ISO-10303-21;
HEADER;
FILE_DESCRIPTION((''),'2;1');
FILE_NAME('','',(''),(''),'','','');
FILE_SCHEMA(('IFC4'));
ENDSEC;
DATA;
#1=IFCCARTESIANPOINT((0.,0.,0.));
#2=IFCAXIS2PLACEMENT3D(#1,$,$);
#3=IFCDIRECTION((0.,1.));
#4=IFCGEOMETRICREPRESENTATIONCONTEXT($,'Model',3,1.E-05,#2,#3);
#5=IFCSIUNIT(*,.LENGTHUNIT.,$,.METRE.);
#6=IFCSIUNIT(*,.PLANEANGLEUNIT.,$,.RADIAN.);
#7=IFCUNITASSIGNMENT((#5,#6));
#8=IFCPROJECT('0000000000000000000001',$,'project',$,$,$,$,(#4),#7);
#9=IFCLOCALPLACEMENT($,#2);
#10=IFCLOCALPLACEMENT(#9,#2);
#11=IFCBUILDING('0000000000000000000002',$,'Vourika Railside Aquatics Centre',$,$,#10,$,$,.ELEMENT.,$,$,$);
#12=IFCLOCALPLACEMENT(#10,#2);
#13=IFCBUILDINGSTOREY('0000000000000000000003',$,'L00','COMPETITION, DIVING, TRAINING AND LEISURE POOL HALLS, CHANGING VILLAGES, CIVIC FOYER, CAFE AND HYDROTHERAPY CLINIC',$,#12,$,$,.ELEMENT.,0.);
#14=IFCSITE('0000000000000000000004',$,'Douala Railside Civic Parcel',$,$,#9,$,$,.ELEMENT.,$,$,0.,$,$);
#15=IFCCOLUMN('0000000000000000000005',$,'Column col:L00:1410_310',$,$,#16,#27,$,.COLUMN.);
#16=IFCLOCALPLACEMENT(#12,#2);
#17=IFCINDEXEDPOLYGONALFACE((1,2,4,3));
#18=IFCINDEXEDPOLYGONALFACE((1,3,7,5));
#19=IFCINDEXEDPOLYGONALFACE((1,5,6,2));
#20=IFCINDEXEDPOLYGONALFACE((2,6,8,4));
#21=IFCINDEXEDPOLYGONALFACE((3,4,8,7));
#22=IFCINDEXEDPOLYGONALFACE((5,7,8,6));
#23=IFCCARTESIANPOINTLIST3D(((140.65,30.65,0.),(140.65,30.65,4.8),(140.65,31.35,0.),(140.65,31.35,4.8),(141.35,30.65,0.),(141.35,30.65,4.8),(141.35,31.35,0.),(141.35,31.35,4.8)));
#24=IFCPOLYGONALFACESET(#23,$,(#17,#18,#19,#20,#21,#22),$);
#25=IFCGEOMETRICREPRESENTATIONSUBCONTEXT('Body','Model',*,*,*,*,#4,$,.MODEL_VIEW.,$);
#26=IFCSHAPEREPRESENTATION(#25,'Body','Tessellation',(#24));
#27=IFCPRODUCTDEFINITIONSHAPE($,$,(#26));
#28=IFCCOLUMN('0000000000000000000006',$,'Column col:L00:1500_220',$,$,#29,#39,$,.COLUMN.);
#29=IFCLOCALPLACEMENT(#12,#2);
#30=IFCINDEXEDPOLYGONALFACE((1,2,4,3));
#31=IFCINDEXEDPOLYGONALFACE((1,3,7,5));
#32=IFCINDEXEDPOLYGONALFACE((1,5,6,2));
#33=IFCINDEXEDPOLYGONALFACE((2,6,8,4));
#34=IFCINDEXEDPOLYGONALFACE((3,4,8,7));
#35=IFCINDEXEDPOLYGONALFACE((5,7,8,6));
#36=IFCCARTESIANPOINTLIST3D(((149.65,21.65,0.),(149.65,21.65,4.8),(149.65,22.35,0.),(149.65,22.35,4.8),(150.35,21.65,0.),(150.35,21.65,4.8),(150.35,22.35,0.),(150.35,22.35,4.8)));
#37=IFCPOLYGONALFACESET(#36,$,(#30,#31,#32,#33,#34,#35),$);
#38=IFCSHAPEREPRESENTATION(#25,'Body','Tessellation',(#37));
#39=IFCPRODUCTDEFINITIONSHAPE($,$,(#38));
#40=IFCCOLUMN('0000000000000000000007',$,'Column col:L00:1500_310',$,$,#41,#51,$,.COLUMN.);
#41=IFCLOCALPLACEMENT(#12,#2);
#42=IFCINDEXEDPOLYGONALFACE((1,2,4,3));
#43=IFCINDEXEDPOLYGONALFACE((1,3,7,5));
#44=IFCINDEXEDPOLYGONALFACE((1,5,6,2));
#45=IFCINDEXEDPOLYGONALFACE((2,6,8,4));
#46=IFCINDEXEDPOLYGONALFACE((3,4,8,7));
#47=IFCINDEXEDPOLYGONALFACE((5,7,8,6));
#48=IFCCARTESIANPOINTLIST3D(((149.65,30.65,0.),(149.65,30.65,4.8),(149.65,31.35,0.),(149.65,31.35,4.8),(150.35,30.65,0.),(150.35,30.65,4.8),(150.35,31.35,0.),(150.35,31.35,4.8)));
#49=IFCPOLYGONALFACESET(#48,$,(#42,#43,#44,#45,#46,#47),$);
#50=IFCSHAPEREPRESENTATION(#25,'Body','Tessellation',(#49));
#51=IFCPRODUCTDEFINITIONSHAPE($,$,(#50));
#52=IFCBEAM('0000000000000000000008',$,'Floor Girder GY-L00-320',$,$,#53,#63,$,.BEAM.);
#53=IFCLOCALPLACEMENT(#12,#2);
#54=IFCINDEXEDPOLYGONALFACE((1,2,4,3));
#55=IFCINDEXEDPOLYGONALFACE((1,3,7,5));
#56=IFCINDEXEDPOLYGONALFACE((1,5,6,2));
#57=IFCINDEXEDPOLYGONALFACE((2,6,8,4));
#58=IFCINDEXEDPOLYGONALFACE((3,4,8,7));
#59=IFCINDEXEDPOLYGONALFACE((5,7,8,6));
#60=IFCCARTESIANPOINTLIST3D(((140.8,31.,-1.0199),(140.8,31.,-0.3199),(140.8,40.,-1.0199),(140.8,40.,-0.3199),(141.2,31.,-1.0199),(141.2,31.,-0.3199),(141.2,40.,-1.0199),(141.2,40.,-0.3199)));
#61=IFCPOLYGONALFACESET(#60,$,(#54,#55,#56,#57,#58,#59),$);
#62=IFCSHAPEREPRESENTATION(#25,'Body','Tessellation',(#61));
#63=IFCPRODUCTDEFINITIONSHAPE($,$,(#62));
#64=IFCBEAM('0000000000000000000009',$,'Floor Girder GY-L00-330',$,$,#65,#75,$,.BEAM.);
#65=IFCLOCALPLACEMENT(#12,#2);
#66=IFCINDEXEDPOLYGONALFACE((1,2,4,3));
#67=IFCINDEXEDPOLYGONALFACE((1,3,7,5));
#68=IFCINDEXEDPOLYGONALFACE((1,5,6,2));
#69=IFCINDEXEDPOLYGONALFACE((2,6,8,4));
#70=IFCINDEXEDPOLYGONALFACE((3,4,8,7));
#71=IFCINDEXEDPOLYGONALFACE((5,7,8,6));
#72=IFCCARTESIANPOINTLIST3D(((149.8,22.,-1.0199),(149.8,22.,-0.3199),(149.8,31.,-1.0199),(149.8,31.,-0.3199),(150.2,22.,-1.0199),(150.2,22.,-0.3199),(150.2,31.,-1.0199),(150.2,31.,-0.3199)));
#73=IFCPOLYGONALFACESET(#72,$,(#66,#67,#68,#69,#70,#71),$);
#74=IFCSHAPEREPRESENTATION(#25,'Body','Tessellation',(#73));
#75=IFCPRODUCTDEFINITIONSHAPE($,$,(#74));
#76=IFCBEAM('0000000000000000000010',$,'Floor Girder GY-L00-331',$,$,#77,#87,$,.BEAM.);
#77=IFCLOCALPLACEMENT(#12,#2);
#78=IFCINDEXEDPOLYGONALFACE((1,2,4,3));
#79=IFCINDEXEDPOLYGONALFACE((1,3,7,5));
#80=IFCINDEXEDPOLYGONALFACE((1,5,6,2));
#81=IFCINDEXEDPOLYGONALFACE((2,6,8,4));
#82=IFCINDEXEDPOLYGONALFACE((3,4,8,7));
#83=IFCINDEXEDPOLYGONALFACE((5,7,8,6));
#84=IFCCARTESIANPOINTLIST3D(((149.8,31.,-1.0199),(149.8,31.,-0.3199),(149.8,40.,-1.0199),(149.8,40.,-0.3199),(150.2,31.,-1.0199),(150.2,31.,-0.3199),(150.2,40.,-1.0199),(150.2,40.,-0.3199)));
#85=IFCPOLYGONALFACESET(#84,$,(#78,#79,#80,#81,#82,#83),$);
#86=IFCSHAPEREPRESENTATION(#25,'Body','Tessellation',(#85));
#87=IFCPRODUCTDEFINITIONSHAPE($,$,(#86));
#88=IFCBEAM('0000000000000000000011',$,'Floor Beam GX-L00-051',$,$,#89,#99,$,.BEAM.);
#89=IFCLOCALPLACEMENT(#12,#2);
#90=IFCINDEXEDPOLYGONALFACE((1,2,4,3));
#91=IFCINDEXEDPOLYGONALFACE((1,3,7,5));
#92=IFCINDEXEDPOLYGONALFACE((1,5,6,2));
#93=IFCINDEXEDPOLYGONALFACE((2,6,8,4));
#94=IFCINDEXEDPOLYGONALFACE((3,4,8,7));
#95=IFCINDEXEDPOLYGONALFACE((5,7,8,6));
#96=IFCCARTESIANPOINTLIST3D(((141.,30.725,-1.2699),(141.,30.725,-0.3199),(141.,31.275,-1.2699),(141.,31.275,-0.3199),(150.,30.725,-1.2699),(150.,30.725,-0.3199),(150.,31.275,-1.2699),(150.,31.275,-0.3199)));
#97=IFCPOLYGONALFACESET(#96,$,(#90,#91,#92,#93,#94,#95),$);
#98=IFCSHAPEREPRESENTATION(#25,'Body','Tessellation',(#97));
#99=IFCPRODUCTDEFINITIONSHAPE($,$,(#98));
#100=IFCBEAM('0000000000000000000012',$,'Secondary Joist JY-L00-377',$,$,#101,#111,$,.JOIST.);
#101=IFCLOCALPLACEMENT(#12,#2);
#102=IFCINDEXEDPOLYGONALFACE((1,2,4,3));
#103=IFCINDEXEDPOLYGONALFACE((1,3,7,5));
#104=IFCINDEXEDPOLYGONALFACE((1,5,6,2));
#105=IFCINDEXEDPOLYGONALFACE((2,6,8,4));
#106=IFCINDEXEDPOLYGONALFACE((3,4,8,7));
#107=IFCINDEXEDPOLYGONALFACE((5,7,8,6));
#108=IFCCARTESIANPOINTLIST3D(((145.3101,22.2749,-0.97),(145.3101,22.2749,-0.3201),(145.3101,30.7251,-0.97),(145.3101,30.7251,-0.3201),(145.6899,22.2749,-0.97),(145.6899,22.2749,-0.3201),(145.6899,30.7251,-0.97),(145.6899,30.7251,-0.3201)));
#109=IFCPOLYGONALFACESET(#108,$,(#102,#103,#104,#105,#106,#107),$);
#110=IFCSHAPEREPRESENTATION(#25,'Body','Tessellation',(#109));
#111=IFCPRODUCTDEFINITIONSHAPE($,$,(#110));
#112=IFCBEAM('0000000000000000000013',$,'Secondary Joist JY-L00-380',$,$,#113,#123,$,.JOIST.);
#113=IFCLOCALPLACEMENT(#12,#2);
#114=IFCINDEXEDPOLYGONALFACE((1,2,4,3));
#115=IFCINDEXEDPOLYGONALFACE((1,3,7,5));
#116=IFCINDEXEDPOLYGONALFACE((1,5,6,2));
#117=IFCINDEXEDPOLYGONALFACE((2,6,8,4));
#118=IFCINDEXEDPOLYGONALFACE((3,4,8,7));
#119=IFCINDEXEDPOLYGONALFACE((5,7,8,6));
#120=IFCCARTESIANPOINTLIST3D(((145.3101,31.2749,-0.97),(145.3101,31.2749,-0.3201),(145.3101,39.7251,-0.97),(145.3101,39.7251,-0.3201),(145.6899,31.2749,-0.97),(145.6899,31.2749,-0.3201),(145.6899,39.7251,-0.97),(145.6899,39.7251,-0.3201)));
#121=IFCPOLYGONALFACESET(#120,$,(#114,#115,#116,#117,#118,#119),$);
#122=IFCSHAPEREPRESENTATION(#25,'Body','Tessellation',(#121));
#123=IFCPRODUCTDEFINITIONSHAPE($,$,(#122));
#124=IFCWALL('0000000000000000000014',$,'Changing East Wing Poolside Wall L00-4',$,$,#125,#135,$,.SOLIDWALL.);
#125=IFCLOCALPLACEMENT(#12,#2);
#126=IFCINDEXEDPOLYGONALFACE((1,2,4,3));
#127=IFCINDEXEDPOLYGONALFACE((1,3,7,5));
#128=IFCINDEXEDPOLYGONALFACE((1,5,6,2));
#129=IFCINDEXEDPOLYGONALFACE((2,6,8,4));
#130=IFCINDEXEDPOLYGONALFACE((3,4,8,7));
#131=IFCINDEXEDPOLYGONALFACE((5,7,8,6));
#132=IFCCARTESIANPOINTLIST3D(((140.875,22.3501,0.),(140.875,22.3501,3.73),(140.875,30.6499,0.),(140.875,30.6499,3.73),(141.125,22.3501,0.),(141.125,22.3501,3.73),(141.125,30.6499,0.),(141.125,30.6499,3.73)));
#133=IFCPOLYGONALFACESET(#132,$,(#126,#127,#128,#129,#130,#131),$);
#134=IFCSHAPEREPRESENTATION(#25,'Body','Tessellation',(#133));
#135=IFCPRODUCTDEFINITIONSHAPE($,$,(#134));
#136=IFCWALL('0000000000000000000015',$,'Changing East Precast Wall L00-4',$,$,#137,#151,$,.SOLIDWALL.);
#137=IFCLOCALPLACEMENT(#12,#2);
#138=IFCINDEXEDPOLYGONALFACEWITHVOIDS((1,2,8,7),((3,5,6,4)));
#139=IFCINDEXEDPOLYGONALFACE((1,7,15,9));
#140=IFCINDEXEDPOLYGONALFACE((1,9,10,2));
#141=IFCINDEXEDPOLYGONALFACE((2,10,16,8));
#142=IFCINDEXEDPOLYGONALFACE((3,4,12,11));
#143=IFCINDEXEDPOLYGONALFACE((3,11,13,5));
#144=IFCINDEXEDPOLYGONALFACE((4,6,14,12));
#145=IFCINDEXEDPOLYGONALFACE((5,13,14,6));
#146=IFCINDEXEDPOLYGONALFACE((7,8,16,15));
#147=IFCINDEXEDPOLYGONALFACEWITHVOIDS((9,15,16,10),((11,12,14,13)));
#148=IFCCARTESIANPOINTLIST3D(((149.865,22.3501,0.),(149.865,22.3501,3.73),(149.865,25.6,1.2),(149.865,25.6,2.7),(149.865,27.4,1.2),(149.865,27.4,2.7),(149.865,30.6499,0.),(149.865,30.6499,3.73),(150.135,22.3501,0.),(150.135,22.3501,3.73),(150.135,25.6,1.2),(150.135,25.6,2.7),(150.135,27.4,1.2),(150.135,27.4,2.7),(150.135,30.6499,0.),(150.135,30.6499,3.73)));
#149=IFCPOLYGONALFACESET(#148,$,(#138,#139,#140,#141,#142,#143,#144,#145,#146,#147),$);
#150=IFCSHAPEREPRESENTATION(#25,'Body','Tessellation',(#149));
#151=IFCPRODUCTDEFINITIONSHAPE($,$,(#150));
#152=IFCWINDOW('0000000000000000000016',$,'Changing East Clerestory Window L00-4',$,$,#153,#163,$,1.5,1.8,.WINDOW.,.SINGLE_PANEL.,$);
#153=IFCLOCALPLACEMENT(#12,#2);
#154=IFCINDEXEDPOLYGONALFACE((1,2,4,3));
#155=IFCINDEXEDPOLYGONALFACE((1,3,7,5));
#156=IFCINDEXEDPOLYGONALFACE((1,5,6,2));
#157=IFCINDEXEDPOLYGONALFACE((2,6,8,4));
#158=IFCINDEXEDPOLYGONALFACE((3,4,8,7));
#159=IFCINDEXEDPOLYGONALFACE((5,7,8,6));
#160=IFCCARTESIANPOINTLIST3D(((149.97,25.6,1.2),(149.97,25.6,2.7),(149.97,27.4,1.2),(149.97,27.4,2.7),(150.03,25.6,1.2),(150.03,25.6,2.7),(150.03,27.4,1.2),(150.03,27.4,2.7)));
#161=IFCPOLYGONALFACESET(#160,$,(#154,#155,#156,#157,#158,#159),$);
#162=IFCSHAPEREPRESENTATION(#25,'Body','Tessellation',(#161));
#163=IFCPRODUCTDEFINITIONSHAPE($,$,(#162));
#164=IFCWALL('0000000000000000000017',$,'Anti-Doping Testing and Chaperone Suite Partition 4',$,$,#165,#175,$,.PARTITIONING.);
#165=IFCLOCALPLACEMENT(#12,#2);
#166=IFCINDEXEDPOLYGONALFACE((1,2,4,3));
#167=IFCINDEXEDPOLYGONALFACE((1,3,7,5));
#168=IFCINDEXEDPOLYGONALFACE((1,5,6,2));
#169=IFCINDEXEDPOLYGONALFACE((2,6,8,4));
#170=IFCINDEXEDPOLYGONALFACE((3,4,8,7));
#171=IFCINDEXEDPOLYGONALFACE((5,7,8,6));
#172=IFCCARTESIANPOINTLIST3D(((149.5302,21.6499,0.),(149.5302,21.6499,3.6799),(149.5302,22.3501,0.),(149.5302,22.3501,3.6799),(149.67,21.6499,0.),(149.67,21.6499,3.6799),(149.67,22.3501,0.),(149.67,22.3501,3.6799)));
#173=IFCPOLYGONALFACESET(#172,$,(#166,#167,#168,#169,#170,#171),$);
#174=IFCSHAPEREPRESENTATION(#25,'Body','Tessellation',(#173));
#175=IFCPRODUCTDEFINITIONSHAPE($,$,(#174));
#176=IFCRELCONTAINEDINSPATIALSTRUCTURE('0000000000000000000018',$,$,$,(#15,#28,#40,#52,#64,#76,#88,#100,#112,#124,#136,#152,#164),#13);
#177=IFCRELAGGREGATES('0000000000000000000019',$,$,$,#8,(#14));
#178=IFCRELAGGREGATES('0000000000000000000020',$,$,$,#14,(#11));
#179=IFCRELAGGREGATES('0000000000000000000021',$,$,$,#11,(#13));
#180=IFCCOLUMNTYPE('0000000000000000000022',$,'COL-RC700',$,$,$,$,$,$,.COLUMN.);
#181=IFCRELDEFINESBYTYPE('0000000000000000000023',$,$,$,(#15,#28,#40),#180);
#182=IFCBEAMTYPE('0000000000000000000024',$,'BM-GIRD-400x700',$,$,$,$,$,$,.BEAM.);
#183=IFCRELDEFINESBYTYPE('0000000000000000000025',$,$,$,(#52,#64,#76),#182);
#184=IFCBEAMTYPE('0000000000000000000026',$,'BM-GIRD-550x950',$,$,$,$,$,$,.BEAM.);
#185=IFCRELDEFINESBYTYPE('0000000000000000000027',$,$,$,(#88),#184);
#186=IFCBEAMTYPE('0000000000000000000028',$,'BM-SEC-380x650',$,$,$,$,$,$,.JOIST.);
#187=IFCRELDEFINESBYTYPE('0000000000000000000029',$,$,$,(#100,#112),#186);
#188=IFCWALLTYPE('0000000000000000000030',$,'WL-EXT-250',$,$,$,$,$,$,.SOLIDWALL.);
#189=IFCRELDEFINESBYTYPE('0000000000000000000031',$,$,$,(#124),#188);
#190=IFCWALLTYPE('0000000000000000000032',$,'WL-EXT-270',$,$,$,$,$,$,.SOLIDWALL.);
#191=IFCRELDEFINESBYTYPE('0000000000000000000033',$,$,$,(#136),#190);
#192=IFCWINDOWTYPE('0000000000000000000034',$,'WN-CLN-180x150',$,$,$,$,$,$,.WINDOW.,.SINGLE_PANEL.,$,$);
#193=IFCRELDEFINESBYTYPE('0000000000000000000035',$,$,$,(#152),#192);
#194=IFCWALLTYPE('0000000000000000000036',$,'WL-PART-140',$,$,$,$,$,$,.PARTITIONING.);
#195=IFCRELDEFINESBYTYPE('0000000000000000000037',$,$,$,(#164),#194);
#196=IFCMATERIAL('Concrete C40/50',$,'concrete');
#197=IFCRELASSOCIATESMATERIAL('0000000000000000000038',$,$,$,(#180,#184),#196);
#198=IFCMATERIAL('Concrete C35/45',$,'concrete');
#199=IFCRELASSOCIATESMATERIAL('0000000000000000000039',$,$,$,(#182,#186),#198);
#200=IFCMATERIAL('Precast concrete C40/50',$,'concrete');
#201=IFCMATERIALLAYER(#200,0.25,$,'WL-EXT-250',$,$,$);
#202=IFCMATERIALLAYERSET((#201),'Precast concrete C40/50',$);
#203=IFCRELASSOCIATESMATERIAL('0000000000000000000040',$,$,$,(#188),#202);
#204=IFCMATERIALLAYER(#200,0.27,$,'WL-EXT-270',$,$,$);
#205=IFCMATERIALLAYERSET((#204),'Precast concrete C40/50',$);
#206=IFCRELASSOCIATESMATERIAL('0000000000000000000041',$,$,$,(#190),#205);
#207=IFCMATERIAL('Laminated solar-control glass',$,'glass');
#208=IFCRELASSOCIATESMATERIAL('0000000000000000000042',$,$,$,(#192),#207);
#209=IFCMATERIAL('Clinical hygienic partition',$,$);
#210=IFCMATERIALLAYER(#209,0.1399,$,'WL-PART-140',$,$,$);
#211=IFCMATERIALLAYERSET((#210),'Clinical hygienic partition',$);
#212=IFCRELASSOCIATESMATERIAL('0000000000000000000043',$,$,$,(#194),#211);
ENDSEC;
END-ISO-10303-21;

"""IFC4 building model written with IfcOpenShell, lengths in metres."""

from ifc_helpers import new_model, si_unit, direction, frame, frame_2d, origin, origin_2d, place, context, subcontext, project, spatial, rectangle, extrude, material, layer, layer_set, material_profile, profile_set, type_object, element, fill, save


model = new_model("IFC4")

# Units and contexts
model_context = context("Model", 3, precision=1e-05, world=origin(), true_north=direction((0.0, 1.0)))
body_context = subcontext(model_context, "Body", "Model", "MODEL_VIEW")
ifc_project = project(units=[si_unit("LENGTHUNIT", "METRE"), si_unit("PLANEANGLEUNIT", "RADIAN")], contexts=[model_context])

# Site, building, storey
site_placement = place(None, origin())
site = spatial("IfcSite", under=ifc_project, at=site_placement, Name="Douala Railside Civic Parcel", CompositionType="ELEMENT", RefElevation=0.0)
building_placement = place(site_placement, origin())
building = spatial("IfcBuilding", under=site, at=building_placement, Name="Vourika Railside Aquatics Centre", CompositionType="ELEMENT")
storey_placement = place(building_placement, origin())
storey = spatial("IfcBuildingStorey", under=building, at=storey_placement, Name="L00", Description="COMPETITION, DIVING, TRAINING AND LEISURE POOL HALLS, CHANGING VILLAGES, CIVIC FOYER, CAFE AND HYDROTHERAPY CLINIC", CompositionType="ELEMENT", Elevation=0.0)

# Columns
ifc_material_1 = material(Name="Concrete C40/50", Category="concrete")
ifc_material_profile_1 = material_profile(ifc_material_1, rectangle(XDim=0.7, YDim=0.7, at=origin_2d()), Name="RC 700x700")
ifc_profile_set_1 = profile_set([ifc_material_profile_1], Name="Concrete C40/50")
column_type = type_object("IfcColumnType", Name="COL-RC700", PredefinedType="COLUMN", material=ifc_profile_set_1)
for number, where, z_axis, x_axis, name in (
    (1, (141.0, 31.0, 0.0), (0.0, 0.0, 1.0), (1.0, 0.0, 0.0), "Column col:L00:1410_310"),
    (2, (150.0, 22.0, 0.0), (0.0, 0.0, 1.0), (1.0, 0.0, 0.0), "Column col:L00:1500_220"),
    (3, (150.0, 31.0, 0.0), (0.0, 0.0, 1.0), (1.0, 0.0, 0.0), "Column col:L00:1500_310"),
):
    element("IfcColumn", number, at=place(storey_placement, frame(where, z_axis=z_axis, x_axis=x_axis)), inside=storey, type_object=column_type, Name=name, PredefinedType="COLUMN", context=body_context, shape_type="SweptSolid", body=[
        extrude(rectangle(XDim=0.7, YDim=0.7, at=origin_2d()), origin(), (0.0, 0.0, 1.0), 4.8),
    ])

# Beams
ifc_material_2 = material(Name="Concrete C35/45", Category="concrete")
ifc_material_profile_2 = material_profile(ifc_material_2, rectangle(XDim=0.3999, YDim=0.7, at=origin_2d()), Name="RC 400x700")
ifc_profile_set_2 = profile_set([ifc_material_profile_2], Name="Concrete C35/45")
beam_type_1 = type_object("IfcBeamType", Name="BM-GIRD-400x700", PredefinedType="BEAM", material=ifc_profile_set_2)
for number, where, z_axis, x_axis, name in (
    (4, (141.0, 31.0, -0.6699), (0.0, 1.0, 0.0), (-1.0, 0.0, 0.0), "Floor Girder GY-L00-320"),
    (5, (150.0, 22.0, -0.6699), (0.0, 1.0, 0.0), (-1.0, 0.0, 0.0), "Floor Girder GY-L00-330"),
    (6, (150.0, 31.0, -0.6699), (0.0, 1.0, 0.0), (-1.0, 0.0, 0.0), "Floor Girder GY-L00-331"),
):
    element("IfcBeam", number, at=place(storey_placement, frame(where, z_axis=z_axis, x_axis=x_axis)), inside=storey, type_object=beam_type_1, Name=name, PredefinedType="BEAM", context=body_context, shape_type="SweptSolid", body=[
        extrude(rectangle(XDim=0.3999, YDim=0.7, at=origin_2d()), origin(), (0.0, 0.0, 1.0), 9.0),
    ])
ifc_material_profile_3 = material_profile(ifc_material_1, rectangle(XDim=0.55, YDim=0.95, at=origin_2d()), Name="RC 550x950")
ifc_profile_set_3 = profile_set([ifc_material_profile_3], Name="Concrete C40/50")
beam_type_2 = type_object("IfcBeamType", Name="BM-GIRD-550x950", PredefinedType="BEAM", material=ifc_profile_set_3)
beam_placement = place(storey_placement, frame((141.0, 31.0, -0.7949), z_axis=(1.0, 0.0, 0.0), x_axis=(0.0, 1.0, 0.0)))
element("IfcBeam", 7, at=beam_placement, inside=storey, type_object=beam_type_2, Name="Floor Beam GX-L00-051", PredefinedType="BEAM", context=body_context, shape_type="SweptSolid", body=[
    extrude(rectangle(XDim=0.55, YDim=0.95, at=origin_2d()), origin(), (0.0, 0.0, 1.0), 9.0),
])
ifc_material_profile_4 = material_profile(ifc_material_2, rectangle(XDim=0.3799, YDim=0.6499, at=origin_2d()), Name="RC 380x650")
ifc_profile_set_4 = profile_set([ifc_material_profile_4], Name="Concrete C35/45")
beam_type_3 = type_object("IfcBeamType", Name="BM-SEC-380x650", PredefinedType="JOIST", material=ifc_profile_set_4)
for number, where, z_axis, x_axis, name in (
    (8, (145.5, 22.2749, -0.645), (0.0, 1.0, 0.0), (-1.0, 0.0, 0.0), "Secondary Joist JY-L00-377"),
    (9, (145.5, 31.2749, -0.645), (0.0, 1.0, 0.0), (-1.0, 0.0, 0.0), "Secondary Joist JY-L00-380"),
):
    element("IfcBeam", number, at=place(storey_placement, frame(where, z_axis=z_axis, x_axis=x_axis)), inside=storey, type_object=beam_type_3, Name=name, PredefinedType="JOIST", context=body_context, shape_type="SweptSolid", body=[
        extrude(rectangle(XDim=0.3799, YDim=0.6499, at=origin_2d()), origin(), (0.0, 0.0, 1.0), 8.4502),
    ])

# Wall
ifc_material_3 = material(Name="Precast concrete C40/50", Category="concrete")
ifc_layer_1 = layer(ifc_material_3, 0.25, Name="WL-EXT-250")
ifc_layer_set_1 = layer_set([ifc_layer_1], Name="Precast concrete C40/50")
wall_type_1 = type_object("IfcWallType", Name="WL-EXT-250", PredefinedType="SOLIDWALL", material=ifc_layer_set_1)
wall_1_placement = place(storey_placement, frame((141.0, 30.6499, 0.0), z_axis=(0.0, 0.0, 1.0), x_axis=(0.0, -1.0, 0.0)))
element("IfcWall", 10, at=wall_1_placement, inside=storey, type_object=wall_type_1, Name="Changing East Wing Poolside Wall L00-4", PredefinedType="SOLIDWALL", context=body_context, shape_type="SweptSolid", body=[
    extrude(rectangle(XDim=8.2998, YDim=0.25, at=frame_2d((4.1499, 0.0))), origin(), (0.0, 0.0, 1.0), 3.73),
])

# Wall, opening, window
ifc_layer_2 = layer(ifc_material_3, 0.27, Name="WL-EXT-270")
ifc_layer_set_2 = layer_set([ifc_layer_2], Name="Precast concrete C40/50")
wall_type_2 = type_object("IfcWallType", Name="WL-EXT-270", PredefinedType="SOLIDWALL", material=ifc_layer_set_2)
wall_2_placement = place(storey_placement, frame((150.0, 22.3501, 0.0), z_axis=(0.0, 0.0, 1.0), x_axis=(0.0, 1.0, 0.0)))
wall_2 = element("IfcWall", 11, at=wall_2_placement, inside=storey, type_object=wall_type_2, Name="Changing East Precast Wall L00-4", PredefinedType="SOLIDWALL", context=body_context, shape_type="SweptSolid", body=[
    extrude(rectangle(XDim=8.2998, YDim=0.27, at=frame_2d((4.1499, 0.0))), origin(), (0.0, 0.0, 1.0), 3.73),
])
opening_1_placement = place(wall_2_placement, frame((3.25, 0.0, 1.2)))
opening_1 = element("IfcOpeningElement", 12, at=opening_1_placement, cuts=wall_2, PredefinedType="OPENING", context=body_context, shape_type="SweptSolid", body=[
    extrude(rectangle(XDim=1.8, YDim=1.5, at=frame_2d((0.8999, 0.75))), frame((0.0, 0.145, 0.0), z_axis=(0.0, -1.0, 0.0), x_axis=(1.0, 0.0, 0.0)), (0.0, 0.0, 1.0), 0.29),
])
ifc_material_4 = material(Name="Laminated solar-control glass", Category="glass")
window_type = type_object("IfcWindowType", Name="WN-CLN-180x150", PartitioningType="SINGLE_PANEL", PredefinedType="WINDOW", material=ifc_material_4)
window_placement = place(opening_1_placement, origin())
window = element("IfcWindow", 13, at=window_placement, inside=storey, type_object=window_type, Name="Changing East Clerestory Window L00-4", OverallHeight=1.5, OverallWidth=1.8, PartitioningType="SINGLE_PANEL", PredefinedType="WINDOW", context=body_context, shape_type="SweptSolid", body=[
    extrude(rectangle(XDim=1.8, YDim=1.5, at=frame_2d((0.8999, 0.75))), frame((0.0, 0.03, 0.0), z_axis=(0.0, -1.0, 0.0), x_axis=(1.0, 0.0, 0.0)), (0.0, 0.0, 1.0), 0.0601),
])
fill(opening_1, window)

# Wall
ifc_material_5 = material(Name="Clinical hygienic partition")
ifc_layer_3 = layer(ifc_material_5, 0.1399, Name="WL-PART-140")
ifc_layer_set_3 = layer_set([ifc_layer_3], Name="Clinical hygienic partition")
wall_type_3 = type_object("IfcWallType", Name="WL-PART-140", PredefinedType="PARTITIONING", material=ifc_layer_set_3)
wall_3_placement = place(storey_placement, frame((149.6001, 22.3501, 0.0), z_axis=(0.0, 0.0, 1.0), x_axis=(0.0, -1.0, 0.0)))
element("IfcWall", 14, at=wall_3_placement, inside=storey, type_object=wall_type_3, Name="Anti-Doping Testing and Chaperone Suite Partition 4", PredefinedType="PARTITIONING", context=body_context, shape_type="SweptSolid", body=[
    extrude(rectangle(XDim=0.7002, YDim=0.1399, at=frame_2d((0.3501, 0.0))), origin(), (0.0, 0.0, 1.0), 3.6799),
])

save(model, "model.ifc")
